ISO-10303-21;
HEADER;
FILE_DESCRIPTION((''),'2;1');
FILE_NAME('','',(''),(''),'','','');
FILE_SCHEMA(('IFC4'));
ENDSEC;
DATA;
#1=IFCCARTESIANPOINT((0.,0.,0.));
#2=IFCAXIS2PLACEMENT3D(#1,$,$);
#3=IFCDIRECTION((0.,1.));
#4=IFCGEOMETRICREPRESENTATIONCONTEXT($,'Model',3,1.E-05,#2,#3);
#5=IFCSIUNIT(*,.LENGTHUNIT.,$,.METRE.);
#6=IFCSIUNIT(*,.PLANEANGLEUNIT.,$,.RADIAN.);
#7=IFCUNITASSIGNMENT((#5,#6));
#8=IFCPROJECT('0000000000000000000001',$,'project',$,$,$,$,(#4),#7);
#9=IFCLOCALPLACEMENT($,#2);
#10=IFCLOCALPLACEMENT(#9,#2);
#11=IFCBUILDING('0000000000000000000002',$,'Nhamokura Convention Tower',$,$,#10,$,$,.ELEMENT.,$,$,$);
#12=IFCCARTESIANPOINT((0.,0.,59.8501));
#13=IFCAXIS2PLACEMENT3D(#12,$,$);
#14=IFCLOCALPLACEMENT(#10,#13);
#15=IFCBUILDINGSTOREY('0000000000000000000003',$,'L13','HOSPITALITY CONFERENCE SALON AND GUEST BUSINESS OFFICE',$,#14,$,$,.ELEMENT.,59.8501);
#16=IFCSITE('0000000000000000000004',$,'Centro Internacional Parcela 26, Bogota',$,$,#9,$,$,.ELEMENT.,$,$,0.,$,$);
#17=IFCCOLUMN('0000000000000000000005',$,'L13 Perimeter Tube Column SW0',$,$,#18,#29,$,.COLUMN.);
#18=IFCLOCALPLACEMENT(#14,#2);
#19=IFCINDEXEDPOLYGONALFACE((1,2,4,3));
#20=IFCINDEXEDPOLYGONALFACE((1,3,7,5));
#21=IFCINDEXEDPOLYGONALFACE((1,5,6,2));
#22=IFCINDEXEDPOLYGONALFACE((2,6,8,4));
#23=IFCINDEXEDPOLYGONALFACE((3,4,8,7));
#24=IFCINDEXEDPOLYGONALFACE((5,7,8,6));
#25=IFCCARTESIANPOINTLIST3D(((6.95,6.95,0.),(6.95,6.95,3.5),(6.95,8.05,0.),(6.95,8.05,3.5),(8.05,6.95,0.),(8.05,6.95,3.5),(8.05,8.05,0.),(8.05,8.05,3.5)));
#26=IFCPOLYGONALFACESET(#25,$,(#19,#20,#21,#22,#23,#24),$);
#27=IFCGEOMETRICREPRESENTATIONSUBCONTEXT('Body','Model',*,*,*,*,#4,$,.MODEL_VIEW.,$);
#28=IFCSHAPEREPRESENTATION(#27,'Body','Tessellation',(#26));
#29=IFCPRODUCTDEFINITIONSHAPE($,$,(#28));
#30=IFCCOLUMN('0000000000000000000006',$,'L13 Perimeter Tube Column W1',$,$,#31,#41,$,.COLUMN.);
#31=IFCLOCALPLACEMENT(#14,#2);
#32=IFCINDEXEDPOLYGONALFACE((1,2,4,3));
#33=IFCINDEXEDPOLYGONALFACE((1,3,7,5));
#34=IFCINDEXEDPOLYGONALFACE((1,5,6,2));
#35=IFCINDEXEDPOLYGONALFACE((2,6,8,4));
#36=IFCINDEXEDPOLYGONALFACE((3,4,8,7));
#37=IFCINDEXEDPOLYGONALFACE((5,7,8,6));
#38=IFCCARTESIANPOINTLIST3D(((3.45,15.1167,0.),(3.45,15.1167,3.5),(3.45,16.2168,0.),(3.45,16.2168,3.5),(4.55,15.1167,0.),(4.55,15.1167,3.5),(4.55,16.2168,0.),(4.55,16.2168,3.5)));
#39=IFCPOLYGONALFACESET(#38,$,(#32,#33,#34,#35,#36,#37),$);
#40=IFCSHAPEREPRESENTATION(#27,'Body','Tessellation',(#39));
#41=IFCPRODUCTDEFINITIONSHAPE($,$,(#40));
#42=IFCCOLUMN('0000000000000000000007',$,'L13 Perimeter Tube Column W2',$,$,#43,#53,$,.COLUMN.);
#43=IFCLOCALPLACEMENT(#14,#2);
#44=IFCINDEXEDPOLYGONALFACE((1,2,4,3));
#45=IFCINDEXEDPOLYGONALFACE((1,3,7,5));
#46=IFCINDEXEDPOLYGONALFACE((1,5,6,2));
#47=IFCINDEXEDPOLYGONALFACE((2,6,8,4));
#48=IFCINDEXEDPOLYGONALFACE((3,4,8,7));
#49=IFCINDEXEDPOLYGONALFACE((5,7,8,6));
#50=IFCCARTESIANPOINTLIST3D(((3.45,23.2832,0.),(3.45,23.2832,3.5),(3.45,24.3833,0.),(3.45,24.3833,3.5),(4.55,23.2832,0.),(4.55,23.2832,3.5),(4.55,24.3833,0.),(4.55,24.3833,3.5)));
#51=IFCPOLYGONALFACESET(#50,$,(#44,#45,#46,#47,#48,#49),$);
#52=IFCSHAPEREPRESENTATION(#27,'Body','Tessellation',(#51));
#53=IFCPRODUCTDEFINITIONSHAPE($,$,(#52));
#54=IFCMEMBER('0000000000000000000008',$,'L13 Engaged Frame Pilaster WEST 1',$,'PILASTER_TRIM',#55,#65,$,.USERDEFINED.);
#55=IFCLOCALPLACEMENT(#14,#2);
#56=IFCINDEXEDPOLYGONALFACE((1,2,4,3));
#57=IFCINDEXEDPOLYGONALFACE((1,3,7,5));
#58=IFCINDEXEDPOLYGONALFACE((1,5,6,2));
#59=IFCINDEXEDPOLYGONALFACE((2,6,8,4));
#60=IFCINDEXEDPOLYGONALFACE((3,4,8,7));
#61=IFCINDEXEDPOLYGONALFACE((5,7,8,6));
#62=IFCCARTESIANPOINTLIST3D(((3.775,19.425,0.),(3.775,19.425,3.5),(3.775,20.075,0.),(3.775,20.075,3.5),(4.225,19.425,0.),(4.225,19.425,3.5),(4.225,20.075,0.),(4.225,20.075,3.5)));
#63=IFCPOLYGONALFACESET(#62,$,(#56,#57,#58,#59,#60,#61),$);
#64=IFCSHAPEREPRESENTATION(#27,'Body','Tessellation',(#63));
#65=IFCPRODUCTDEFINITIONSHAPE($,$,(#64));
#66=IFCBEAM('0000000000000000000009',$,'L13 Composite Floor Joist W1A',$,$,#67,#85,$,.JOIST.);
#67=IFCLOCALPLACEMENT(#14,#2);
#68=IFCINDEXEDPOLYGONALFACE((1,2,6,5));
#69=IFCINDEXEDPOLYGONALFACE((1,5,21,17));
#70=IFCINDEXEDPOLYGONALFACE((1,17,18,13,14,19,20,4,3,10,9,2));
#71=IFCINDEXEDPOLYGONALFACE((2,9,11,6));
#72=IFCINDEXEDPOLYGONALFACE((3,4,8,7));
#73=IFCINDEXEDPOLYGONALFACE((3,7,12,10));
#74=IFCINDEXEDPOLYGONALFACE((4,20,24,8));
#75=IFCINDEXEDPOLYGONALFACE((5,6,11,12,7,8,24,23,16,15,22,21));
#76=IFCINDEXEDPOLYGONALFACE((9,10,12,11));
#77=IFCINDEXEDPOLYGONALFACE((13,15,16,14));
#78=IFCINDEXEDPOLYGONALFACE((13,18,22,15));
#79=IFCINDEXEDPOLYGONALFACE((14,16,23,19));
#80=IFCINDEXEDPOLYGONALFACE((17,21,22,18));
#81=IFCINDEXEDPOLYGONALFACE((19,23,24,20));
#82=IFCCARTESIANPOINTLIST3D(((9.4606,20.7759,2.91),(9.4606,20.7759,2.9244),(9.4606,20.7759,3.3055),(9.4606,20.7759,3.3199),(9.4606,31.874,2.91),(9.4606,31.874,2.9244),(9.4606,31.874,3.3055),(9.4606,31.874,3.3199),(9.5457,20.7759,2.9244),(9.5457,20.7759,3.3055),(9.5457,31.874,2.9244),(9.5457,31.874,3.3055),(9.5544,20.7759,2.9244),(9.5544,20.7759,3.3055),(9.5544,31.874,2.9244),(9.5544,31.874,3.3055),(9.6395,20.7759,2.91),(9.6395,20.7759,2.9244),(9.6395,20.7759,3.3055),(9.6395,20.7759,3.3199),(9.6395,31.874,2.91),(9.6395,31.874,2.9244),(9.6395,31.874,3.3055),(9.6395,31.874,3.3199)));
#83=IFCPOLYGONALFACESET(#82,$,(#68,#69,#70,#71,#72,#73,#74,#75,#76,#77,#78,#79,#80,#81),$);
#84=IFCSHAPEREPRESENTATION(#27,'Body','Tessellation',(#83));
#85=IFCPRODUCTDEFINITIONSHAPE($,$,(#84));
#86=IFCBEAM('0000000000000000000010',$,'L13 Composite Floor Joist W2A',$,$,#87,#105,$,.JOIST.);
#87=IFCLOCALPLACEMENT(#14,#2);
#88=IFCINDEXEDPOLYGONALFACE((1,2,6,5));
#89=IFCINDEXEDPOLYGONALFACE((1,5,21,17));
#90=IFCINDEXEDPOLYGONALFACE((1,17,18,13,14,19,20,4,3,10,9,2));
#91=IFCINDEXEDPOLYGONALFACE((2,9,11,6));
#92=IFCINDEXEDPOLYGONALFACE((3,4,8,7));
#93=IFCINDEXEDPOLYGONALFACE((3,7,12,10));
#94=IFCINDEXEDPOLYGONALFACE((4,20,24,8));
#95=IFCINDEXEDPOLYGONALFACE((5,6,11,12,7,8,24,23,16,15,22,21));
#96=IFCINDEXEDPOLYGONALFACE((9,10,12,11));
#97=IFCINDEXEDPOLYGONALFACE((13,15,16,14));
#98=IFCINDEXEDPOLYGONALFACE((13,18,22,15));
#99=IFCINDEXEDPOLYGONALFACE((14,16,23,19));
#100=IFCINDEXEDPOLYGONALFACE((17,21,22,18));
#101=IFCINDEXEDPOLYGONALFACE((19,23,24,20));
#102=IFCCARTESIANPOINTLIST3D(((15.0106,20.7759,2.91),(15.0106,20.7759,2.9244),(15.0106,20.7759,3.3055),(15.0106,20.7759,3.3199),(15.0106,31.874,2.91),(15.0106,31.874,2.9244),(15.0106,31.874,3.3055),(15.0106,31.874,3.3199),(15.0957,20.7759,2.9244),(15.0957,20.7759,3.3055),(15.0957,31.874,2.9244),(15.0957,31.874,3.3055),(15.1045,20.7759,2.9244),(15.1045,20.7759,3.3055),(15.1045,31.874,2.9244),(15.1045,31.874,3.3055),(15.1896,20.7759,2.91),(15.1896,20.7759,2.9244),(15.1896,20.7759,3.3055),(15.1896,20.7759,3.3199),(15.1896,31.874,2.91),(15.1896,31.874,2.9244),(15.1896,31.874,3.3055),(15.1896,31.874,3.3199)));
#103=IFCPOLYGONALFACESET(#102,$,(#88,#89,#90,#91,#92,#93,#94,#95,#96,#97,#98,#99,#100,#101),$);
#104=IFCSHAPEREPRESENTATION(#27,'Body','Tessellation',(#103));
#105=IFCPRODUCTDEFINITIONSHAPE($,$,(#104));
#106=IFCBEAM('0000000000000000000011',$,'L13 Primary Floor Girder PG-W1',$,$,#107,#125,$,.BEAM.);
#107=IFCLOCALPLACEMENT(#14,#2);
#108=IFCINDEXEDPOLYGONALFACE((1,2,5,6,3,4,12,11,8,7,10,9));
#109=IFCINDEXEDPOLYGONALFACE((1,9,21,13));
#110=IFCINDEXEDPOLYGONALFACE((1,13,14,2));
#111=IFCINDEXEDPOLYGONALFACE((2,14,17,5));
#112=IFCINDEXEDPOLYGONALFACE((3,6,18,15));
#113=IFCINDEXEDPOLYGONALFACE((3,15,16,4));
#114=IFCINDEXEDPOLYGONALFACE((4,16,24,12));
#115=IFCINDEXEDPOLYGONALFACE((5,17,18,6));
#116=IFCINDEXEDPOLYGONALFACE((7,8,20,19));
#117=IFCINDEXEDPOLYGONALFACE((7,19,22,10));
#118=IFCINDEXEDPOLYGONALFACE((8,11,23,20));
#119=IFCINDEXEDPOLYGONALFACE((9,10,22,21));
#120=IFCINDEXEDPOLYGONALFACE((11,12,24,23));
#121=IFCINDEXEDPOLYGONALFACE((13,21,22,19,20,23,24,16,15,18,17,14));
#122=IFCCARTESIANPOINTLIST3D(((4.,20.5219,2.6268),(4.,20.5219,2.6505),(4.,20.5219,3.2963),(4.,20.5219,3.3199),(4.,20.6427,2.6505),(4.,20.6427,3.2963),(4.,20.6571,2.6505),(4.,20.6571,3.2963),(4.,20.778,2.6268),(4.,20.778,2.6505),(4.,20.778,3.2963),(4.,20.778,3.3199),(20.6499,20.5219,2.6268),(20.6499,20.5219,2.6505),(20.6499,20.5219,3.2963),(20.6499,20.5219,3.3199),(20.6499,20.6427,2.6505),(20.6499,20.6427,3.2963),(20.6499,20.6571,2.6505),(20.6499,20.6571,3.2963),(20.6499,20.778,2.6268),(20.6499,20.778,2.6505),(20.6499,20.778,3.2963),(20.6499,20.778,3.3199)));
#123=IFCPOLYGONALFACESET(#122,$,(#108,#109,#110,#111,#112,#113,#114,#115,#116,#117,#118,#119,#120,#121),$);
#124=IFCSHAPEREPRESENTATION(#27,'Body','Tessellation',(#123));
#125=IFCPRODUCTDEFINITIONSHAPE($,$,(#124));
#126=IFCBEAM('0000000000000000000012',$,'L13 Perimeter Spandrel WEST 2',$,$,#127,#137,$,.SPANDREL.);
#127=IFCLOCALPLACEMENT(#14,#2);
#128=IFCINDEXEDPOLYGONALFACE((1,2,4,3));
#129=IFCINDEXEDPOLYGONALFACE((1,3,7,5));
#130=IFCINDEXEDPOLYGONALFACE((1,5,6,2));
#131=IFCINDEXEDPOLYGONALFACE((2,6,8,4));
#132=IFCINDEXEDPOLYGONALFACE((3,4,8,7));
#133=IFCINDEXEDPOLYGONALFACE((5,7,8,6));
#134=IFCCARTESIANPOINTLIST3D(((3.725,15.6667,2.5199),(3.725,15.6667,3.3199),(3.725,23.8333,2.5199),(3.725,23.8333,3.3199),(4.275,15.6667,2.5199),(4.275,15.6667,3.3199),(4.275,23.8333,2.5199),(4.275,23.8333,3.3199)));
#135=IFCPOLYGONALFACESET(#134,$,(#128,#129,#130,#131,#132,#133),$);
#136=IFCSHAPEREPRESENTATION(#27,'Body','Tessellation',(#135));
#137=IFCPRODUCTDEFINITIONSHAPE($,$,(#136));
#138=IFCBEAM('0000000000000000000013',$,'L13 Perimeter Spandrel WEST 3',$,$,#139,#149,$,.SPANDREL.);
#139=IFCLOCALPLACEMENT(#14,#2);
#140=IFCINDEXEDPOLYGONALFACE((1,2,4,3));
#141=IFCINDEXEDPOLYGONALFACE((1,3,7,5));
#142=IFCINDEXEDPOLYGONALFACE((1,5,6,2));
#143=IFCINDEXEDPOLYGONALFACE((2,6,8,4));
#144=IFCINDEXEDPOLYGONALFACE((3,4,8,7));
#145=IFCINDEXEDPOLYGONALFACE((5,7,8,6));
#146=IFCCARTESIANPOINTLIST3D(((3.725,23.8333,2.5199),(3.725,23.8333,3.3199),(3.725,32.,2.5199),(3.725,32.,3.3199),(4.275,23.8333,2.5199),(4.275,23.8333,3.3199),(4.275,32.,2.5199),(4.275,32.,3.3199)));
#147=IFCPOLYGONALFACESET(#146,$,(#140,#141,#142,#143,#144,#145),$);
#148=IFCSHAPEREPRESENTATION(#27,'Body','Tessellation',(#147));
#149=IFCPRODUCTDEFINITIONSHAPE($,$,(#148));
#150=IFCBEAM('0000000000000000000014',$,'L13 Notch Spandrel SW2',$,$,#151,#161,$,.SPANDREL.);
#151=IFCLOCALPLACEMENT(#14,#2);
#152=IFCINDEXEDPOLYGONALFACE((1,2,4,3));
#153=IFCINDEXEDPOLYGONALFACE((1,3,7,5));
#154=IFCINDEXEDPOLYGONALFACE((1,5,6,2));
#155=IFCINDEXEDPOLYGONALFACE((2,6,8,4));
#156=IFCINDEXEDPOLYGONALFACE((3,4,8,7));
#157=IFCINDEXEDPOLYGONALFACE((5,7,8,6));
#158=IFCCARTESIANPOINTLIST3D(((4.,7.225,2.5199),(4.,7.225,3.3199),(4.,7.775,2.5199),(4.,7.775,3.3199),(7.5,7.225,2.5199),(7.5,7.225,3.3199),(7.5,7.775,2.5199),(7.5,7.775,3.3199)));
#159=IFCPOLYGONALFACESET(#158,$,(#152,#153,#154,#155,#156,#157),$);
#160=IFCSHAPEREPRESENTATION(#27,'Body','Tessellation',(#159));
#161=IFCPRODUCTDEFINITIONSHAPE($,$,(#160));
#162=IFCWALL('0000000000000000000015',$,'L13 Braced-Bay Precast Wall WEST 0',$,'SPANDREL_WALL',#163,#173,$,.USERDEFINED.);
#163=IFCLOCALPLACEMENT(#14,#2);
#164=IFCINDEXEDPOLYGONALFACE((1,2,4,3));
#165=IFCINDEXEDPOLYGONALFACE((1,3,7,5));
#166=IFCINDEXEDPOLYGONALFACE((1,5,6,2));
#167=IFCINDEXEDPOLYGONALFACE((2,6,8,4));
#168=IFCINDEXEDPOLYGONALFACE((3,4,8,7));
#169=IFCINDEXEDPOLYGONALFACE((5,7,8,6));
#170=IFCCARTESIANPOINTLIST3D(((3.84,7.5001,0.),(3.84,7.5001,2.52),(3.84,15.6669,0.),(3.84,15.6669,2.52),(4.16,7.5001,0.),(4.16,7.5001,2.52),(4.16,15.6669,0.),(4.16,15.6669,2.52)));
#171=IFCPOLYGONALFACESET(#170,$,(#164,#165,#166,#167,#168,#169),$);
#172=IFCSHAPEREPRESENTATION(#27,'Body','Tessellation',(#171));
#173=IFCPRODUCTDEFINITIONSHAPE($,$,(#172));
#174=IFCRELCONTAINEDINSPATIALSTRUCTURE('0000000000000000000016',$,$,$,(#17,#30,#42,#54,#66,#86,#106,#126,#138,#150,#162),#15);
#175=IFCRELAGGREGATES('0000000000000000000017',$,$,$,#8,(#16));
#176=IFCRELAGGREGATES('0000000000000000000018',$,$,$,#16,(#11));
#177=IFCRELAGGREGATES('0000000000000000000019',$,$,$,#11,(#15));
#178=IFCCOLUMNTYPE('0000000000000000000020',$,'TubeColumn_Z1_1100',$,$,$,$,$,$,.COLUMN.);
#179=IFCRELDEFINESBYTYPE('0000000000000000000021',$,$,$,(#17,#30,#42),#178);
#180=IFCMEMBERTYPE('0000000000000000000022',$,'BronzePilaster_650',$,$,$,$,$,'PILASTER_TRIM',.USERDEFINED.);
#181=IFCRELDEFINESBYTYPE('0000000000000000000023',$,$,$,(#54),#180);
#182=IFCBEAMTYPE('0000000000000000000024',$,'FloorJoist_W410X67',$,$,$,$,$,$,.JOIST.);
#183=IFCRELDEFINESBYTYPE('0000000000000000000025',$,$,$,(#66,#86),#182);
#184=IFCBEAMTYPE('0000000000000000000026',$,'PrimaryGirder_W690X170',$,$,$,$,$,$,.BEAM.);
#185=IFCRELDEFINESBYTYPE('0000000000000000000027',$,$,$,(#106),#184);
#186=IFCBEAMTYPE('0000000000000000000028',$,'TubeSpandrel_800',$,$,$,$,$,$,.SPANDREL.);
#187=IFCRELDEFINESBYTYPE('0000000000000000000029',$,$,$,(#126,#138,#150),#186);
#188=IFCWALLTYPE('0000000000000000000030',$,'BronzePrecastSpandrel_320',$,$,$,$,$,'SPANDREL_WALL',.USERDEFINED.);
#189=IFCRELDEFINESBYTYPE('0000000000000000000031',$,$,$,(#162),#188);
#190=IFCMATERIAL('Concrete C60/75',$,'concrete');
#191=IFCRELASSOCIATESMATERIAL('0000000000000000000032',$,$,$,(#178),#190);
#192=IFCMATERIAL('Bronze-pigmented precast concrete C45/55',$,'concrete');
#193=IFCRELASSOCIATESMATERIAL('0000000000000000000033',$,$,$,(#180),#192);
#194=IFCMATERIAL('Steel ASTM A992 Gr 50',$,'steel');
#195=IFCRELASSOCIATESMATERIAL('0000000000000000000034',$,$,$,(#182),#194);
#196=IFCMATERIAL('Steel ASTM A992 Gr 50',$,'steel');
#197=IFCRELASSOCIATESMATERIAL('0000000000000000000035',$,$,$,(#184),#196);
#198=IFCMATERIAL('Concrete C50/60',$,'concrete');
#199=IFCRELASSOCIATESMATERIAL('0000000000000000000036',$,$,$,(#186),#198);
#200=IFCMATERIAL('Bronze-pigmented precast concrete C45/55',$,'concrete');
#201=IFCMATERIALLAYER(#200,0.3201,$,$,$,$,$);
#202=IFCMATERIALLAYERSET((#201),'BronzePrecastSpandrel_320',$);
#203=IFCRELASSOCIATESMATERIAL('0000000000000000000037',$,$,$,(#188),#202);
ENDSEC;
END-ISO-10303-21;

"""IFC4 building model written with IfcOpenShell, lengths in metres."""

from ifc_helpers import new_model, si_unit, direction, frame, frame_2d, origin, origin_2d, place, context, subcontext, project, spatial, rectangle, i_section, extrude, material, layer, layer_set, material_profile, profile_set, type_object, element, save


model = new_model("IFC4")

# Units and contexts
model_context = context("Model", 3, precision=1e-05, world=origin(), true_north=direction((0.0, 1.0)))
body_context = subcontext(model_context, "Body", "Model", "MODEL_VIEW")
ifc_project = project(units=[si_unit("LENGTHUNIT", "METRE"), si_unit("PLANEANGLEUNIT", "RADIAN")], contexts=[model_context])

# Site, building, storey
site_placement = place(None, origin())
site = spatial("IfcSite", under=ifc_project, at=site_placement, Name="Centro Internacional Parcela 26, Bogota", CompositionType="ELEMENT", RefElevation=0.0)
building_placement = place(site_placement, origin())
building = spatial("IfcBuilding", under=site, at=building_placement, Name="Nhamokura Convention Tower", CompositionType="ELEMENT")
storey_placement = place(building_placement, frame((0.0, 0.0, 59.8501)))
storey = spatial("IfcBuildingStorey", under=building, at=storey_placement, Name="L13", Description="HOSPITALITY CONFERENCE SALON AND GUEST BUSINESS OFFICE", CompositionType="ELEMENT", Elevation=59.8501)

# Columns
ifc_material_1 = material(Name="Concrete C60/75", Category="concrete")
ifc_material_profile_1 = material_profile(ifc_material_1, rectangle(XDim=1.1001, YDim=1.1001, at=origin_2d()))
ifc_profile_set_1 = profile_set([ifc_material_profile_1], Name="Concrete C60/75")
column_type = type_object("IfcColumnType", Name="TubeColumn_Z1_1100", PredefinedType="COLUMN", material=ifc_profile_set_1)
for number, where, z_axis, x_axis, name in (
    (1, (7.5, 7.5, 0.0), (0.0, 0.0, 1.0), (1.0, 0.0, 0.0), "L13 Perimeter Tube Column SW0"),
    (2, (4.0, 15.6667, 0.0), (0.0, 0.0, 1.0), (1.0, 0.0, 0.0), "L13 Perimeter Tube Column W1"),
    (3, (4.0, 23.8333, 0.0), (0.0, 0.0, 1.0), (1.0, 0.0, 0.0), "L13 Perimeter Tube Column W2"),
):
    element("IfcColumn", number, at=place(storey_placement, frame(where, z_axis=z_axis, x_axis=x_axis)), inside=storey, type_object=column_type, Name=name, PredefinedType="COLUMN", context=body_context, shape_type="SweptSolid", body=[
        extrude(rectangle(XDim=1.1001, YDim=1.1001, at=origin_2d()), origin(), (0.0, 0.0, 1.0), 3.5),
    ])

# Member
ifc_material_2 = material(Name="Bronze-pigmented precast concrete C45/55", Category="concrete")
ifc_material_profile_2 = material_profile(ifc_material_2, rectangle(XDim=0.45, YDim=0.6499, at=origin_2d()))
ifc_profile_set_2 = profile_set([ifc_material_profile_2], Name="Bronze-pigmented precast concrete C45/55")
member_type = type_object("IfcMemberType", Name="BronzePilaster_650", ElementType="PILASTER_TRIM", PredefinedType="USERDEFINED", material=ifc_profile_set_2)
member_placement = place(storey_placement, frame((4.0, 19.75, 0.0), z_axis=(0.0, 0.0, 1.0), x_axis=(1.0, 0.0, 0.0)))
element("IfcMember", 4, at=member_placement, inside=storey, type_object=member_type, Name="L13 Engaged Frame Pilaster WEST 1", ObjectType="PILASTER_TRIM", PredefinedType="USERDEFINED", context=body_context, shape_type="SweptSolid", body=[
    extrude(rectangle(XDim=0.45, YDim=0.6499, at=origin_2d()), origin(), (0.0, 0.0, 1.0), 3.5),
])

# Beams
ifc_material_3 = material(Name="Steel ASTM A992 Gr 50", Category="steel")
ifc_material_profile_3 = material_profile(ifc_material_3, i_section(OverallWidth=0.179, OverallDepth=0.4099, WebThickness=0.0088, FlangeThickness=0.0144, at=origin_2d()))
ifc_profile_set_3 = profile_set([ifc_material_profile_3], Name="Steel ASTM A992 Gr 50")
beam_type_1 = type_object("IfcBeamType", Name="FloorJoist_W410X67", PredefinedType="JOIST", material=ifc_profile_set_3)
for number, where, z_axis, x_axis, name in (
    (5, (9.55, 20.7759, 3.115), (0.0, 1.0, 0.0), (-1.0, 0.0, 0.0), "L13 Composite Floor Joist W1A"),
    (6, (15.1001, 20.7759, 3.115), (0.0, 1.0, 0.0), (-1.0, 0.0, 0.0), "L13 Composite Floor Joist W2A"),
):
    element("IfcBeam", number, at=place(storey_placement, frame(where, z_axis=z_axis, x_axis=x_axis)), inside=storey, type_object=beam_type_1, Name=name, PredefinedType="JOIST", context=body_context, shape_type="SweptSolid", body=[
        extrude(i_section(OverallWidth=0.179, OverallDepth=0.4099, WebThickness=0.0088, FlangeThickness=0.0144, at=origin_2d()), origin(), (0.0, 0.0, 1.0), 11.0981),
    ])
ifc_material_4 = material(Name="Steel ASTM A992 Gr 50", Category="steel")
ifc_material_profile_4 = material_profile(ifc_material_4, i_section(OverallWidth=0.2561, OverallDepth=0.6931, WebThickness=0.0144, FlangeThickness=0.0237, at=origin_2d()))
ifc_profile_set_4 = profile_set([ifc_material_profile_4], Name="Steel ASTM A992 Gr 50")
beam_type_2 = type_object("IfcBeamType", Name="PrimaryGirder_W690X170", PredefinedType="BEAM", material=ifc_profile_set_4)
beam_1_placement = place(storey_placement, frame((4.0, 20.6499, 2.9734), z_axis=(1.0, 0.0, 0.0), x_axis=(0.0, 1.0, 0.0)))
element("IfcBeam", 7, at=beam_1_placement, inside=storey, type_object=beam_type_2, Name="L13 Primary Floor Girder PG-W1", PredefinedType="BEAM", context=body_context, shape_type="SweptSolid", body=[
    extrude(i_section(OverallWidth=0.2561, OverallDepth=0.6931, WebThickness=0.0144, FlangeThickness=0.0237, at=origin_2d()), origin(), (0.0, 0.0, 1.0), 16.6499),
])
ifc_material_5 = material(Name="Concrete C50/60", Category="concrete")
ifc_material_profile_5 = material_profile(ifc_material_5, rectangle(XDim=0.55, YDim=0.8, at=origin_2d()))
ifc_profile_set_5 = profile_set([ifc_material_profile_5], Name="Concrete C50/60")
beam_type_3 = type_object("IfcBeamType", Name="TubeSpandrel_800", PredefinedType="SPANDREL", material=ifc_profile_set_5)
beam_2_placement = place(storey_placement, frame((4.0, 15.6667, 2.9199), z_axis=(0.0, 1.0, 0.0), x_axis=(-1.0, 0.0, 0.0)))
element("IfcBeam", 8, at=beam_2_placement, inside=storey, type_object=beam_type_3, Name="L13 Perimeter Spandrel WEST 2", PredefinedType="SPANDREL", context=body_context, shape_type="SweptSolid", body=[
    extrude(rectangle(XDim=0.55, YDim=0.8, at=origin_2d()), origin(), (0.0, 0.0, 1.0), 8.1665),
])
beam_3_placement = place(storey_placement, frame((4.0, 23.8333, 2.9199), z_axis=(0.0, 1.0, 0.0), x_axis=(-1.0, 0.0, 0.0)))
element("IfcBeam", 9, at=beam_3_placement, inside=storey, type_object=beam_type_3, Name="L13 Perimeter Spandrel WEST 3", PredefinedType="SPANDREL", context=body_context, shape_type="SweptSolid", body=[
    extrude(rectangle(XDim=0.55, YDim=0.8, at=origin_2d()), origin(), (0.0, 0.0, 1.0), 8.1667),
])
beam_4_placement = place(storey_placement, frame((7.5, 7.5, 2.9199), z_axis=(-1.0, 0.0, 0.0), x_axis=(0.0, -1.0, 0.0)))
element("IfcBeam", 10, at=beam_4_placement, inside=storey, type_object=beam_type_3, Name="L13 Notch Spandrel SW2", PredefinedType="SPANDREL", context=body_context, shape_type="SweptSolid", body=[
    extrude(rectangle(XDim=0.55, YDim=0.8, at=origin_2d()), origin(), (0.0, 0.0, 1.0), 3.5),
])

# Wall
ifc_material_6 = material(Name="Bronze-pigmented precast concrete C45/55", Category="concrete")
ifc_layer_1 = layer(ifc_material_6, 0.3201)
ifc_layer_set_1 = layer_set([ifc_layer_1], Name="BronzePrecastSpandrel_320")
wall_type_1 = type_object("IfcWallType", Name="BronzePrecastSpandrel_320", ElementType="SPANDREL_WALL", PredefinedType="USERDEFINED", material=ifc_layer_set_1)
wall_1_placement = place(storey_placement, frame((4.0, 7.5, 0.0), z_axis=(0.0, 0.0, 1.0), x_axis=(0.0, 1.0, 0.0)))
element("IfcWall", 11, at=wall_1_placement, inside=storey, type_object=wall_type_1, Name="L13 Braced-Bay Precast Wall WEST 0", ObjectType="SPANDREL_WALL", PredefinedType="USERDEFINED", context=body_context, shape_type="SweptSolid", body=[
    extrude(rectangle(XDim=8.1667, YDim=0.3201, at=frame_2d((4.0835, 0.0))), origin(), (0.0, 0.0, 1.0), 2.52),
])

save(model, "model.ifc")
